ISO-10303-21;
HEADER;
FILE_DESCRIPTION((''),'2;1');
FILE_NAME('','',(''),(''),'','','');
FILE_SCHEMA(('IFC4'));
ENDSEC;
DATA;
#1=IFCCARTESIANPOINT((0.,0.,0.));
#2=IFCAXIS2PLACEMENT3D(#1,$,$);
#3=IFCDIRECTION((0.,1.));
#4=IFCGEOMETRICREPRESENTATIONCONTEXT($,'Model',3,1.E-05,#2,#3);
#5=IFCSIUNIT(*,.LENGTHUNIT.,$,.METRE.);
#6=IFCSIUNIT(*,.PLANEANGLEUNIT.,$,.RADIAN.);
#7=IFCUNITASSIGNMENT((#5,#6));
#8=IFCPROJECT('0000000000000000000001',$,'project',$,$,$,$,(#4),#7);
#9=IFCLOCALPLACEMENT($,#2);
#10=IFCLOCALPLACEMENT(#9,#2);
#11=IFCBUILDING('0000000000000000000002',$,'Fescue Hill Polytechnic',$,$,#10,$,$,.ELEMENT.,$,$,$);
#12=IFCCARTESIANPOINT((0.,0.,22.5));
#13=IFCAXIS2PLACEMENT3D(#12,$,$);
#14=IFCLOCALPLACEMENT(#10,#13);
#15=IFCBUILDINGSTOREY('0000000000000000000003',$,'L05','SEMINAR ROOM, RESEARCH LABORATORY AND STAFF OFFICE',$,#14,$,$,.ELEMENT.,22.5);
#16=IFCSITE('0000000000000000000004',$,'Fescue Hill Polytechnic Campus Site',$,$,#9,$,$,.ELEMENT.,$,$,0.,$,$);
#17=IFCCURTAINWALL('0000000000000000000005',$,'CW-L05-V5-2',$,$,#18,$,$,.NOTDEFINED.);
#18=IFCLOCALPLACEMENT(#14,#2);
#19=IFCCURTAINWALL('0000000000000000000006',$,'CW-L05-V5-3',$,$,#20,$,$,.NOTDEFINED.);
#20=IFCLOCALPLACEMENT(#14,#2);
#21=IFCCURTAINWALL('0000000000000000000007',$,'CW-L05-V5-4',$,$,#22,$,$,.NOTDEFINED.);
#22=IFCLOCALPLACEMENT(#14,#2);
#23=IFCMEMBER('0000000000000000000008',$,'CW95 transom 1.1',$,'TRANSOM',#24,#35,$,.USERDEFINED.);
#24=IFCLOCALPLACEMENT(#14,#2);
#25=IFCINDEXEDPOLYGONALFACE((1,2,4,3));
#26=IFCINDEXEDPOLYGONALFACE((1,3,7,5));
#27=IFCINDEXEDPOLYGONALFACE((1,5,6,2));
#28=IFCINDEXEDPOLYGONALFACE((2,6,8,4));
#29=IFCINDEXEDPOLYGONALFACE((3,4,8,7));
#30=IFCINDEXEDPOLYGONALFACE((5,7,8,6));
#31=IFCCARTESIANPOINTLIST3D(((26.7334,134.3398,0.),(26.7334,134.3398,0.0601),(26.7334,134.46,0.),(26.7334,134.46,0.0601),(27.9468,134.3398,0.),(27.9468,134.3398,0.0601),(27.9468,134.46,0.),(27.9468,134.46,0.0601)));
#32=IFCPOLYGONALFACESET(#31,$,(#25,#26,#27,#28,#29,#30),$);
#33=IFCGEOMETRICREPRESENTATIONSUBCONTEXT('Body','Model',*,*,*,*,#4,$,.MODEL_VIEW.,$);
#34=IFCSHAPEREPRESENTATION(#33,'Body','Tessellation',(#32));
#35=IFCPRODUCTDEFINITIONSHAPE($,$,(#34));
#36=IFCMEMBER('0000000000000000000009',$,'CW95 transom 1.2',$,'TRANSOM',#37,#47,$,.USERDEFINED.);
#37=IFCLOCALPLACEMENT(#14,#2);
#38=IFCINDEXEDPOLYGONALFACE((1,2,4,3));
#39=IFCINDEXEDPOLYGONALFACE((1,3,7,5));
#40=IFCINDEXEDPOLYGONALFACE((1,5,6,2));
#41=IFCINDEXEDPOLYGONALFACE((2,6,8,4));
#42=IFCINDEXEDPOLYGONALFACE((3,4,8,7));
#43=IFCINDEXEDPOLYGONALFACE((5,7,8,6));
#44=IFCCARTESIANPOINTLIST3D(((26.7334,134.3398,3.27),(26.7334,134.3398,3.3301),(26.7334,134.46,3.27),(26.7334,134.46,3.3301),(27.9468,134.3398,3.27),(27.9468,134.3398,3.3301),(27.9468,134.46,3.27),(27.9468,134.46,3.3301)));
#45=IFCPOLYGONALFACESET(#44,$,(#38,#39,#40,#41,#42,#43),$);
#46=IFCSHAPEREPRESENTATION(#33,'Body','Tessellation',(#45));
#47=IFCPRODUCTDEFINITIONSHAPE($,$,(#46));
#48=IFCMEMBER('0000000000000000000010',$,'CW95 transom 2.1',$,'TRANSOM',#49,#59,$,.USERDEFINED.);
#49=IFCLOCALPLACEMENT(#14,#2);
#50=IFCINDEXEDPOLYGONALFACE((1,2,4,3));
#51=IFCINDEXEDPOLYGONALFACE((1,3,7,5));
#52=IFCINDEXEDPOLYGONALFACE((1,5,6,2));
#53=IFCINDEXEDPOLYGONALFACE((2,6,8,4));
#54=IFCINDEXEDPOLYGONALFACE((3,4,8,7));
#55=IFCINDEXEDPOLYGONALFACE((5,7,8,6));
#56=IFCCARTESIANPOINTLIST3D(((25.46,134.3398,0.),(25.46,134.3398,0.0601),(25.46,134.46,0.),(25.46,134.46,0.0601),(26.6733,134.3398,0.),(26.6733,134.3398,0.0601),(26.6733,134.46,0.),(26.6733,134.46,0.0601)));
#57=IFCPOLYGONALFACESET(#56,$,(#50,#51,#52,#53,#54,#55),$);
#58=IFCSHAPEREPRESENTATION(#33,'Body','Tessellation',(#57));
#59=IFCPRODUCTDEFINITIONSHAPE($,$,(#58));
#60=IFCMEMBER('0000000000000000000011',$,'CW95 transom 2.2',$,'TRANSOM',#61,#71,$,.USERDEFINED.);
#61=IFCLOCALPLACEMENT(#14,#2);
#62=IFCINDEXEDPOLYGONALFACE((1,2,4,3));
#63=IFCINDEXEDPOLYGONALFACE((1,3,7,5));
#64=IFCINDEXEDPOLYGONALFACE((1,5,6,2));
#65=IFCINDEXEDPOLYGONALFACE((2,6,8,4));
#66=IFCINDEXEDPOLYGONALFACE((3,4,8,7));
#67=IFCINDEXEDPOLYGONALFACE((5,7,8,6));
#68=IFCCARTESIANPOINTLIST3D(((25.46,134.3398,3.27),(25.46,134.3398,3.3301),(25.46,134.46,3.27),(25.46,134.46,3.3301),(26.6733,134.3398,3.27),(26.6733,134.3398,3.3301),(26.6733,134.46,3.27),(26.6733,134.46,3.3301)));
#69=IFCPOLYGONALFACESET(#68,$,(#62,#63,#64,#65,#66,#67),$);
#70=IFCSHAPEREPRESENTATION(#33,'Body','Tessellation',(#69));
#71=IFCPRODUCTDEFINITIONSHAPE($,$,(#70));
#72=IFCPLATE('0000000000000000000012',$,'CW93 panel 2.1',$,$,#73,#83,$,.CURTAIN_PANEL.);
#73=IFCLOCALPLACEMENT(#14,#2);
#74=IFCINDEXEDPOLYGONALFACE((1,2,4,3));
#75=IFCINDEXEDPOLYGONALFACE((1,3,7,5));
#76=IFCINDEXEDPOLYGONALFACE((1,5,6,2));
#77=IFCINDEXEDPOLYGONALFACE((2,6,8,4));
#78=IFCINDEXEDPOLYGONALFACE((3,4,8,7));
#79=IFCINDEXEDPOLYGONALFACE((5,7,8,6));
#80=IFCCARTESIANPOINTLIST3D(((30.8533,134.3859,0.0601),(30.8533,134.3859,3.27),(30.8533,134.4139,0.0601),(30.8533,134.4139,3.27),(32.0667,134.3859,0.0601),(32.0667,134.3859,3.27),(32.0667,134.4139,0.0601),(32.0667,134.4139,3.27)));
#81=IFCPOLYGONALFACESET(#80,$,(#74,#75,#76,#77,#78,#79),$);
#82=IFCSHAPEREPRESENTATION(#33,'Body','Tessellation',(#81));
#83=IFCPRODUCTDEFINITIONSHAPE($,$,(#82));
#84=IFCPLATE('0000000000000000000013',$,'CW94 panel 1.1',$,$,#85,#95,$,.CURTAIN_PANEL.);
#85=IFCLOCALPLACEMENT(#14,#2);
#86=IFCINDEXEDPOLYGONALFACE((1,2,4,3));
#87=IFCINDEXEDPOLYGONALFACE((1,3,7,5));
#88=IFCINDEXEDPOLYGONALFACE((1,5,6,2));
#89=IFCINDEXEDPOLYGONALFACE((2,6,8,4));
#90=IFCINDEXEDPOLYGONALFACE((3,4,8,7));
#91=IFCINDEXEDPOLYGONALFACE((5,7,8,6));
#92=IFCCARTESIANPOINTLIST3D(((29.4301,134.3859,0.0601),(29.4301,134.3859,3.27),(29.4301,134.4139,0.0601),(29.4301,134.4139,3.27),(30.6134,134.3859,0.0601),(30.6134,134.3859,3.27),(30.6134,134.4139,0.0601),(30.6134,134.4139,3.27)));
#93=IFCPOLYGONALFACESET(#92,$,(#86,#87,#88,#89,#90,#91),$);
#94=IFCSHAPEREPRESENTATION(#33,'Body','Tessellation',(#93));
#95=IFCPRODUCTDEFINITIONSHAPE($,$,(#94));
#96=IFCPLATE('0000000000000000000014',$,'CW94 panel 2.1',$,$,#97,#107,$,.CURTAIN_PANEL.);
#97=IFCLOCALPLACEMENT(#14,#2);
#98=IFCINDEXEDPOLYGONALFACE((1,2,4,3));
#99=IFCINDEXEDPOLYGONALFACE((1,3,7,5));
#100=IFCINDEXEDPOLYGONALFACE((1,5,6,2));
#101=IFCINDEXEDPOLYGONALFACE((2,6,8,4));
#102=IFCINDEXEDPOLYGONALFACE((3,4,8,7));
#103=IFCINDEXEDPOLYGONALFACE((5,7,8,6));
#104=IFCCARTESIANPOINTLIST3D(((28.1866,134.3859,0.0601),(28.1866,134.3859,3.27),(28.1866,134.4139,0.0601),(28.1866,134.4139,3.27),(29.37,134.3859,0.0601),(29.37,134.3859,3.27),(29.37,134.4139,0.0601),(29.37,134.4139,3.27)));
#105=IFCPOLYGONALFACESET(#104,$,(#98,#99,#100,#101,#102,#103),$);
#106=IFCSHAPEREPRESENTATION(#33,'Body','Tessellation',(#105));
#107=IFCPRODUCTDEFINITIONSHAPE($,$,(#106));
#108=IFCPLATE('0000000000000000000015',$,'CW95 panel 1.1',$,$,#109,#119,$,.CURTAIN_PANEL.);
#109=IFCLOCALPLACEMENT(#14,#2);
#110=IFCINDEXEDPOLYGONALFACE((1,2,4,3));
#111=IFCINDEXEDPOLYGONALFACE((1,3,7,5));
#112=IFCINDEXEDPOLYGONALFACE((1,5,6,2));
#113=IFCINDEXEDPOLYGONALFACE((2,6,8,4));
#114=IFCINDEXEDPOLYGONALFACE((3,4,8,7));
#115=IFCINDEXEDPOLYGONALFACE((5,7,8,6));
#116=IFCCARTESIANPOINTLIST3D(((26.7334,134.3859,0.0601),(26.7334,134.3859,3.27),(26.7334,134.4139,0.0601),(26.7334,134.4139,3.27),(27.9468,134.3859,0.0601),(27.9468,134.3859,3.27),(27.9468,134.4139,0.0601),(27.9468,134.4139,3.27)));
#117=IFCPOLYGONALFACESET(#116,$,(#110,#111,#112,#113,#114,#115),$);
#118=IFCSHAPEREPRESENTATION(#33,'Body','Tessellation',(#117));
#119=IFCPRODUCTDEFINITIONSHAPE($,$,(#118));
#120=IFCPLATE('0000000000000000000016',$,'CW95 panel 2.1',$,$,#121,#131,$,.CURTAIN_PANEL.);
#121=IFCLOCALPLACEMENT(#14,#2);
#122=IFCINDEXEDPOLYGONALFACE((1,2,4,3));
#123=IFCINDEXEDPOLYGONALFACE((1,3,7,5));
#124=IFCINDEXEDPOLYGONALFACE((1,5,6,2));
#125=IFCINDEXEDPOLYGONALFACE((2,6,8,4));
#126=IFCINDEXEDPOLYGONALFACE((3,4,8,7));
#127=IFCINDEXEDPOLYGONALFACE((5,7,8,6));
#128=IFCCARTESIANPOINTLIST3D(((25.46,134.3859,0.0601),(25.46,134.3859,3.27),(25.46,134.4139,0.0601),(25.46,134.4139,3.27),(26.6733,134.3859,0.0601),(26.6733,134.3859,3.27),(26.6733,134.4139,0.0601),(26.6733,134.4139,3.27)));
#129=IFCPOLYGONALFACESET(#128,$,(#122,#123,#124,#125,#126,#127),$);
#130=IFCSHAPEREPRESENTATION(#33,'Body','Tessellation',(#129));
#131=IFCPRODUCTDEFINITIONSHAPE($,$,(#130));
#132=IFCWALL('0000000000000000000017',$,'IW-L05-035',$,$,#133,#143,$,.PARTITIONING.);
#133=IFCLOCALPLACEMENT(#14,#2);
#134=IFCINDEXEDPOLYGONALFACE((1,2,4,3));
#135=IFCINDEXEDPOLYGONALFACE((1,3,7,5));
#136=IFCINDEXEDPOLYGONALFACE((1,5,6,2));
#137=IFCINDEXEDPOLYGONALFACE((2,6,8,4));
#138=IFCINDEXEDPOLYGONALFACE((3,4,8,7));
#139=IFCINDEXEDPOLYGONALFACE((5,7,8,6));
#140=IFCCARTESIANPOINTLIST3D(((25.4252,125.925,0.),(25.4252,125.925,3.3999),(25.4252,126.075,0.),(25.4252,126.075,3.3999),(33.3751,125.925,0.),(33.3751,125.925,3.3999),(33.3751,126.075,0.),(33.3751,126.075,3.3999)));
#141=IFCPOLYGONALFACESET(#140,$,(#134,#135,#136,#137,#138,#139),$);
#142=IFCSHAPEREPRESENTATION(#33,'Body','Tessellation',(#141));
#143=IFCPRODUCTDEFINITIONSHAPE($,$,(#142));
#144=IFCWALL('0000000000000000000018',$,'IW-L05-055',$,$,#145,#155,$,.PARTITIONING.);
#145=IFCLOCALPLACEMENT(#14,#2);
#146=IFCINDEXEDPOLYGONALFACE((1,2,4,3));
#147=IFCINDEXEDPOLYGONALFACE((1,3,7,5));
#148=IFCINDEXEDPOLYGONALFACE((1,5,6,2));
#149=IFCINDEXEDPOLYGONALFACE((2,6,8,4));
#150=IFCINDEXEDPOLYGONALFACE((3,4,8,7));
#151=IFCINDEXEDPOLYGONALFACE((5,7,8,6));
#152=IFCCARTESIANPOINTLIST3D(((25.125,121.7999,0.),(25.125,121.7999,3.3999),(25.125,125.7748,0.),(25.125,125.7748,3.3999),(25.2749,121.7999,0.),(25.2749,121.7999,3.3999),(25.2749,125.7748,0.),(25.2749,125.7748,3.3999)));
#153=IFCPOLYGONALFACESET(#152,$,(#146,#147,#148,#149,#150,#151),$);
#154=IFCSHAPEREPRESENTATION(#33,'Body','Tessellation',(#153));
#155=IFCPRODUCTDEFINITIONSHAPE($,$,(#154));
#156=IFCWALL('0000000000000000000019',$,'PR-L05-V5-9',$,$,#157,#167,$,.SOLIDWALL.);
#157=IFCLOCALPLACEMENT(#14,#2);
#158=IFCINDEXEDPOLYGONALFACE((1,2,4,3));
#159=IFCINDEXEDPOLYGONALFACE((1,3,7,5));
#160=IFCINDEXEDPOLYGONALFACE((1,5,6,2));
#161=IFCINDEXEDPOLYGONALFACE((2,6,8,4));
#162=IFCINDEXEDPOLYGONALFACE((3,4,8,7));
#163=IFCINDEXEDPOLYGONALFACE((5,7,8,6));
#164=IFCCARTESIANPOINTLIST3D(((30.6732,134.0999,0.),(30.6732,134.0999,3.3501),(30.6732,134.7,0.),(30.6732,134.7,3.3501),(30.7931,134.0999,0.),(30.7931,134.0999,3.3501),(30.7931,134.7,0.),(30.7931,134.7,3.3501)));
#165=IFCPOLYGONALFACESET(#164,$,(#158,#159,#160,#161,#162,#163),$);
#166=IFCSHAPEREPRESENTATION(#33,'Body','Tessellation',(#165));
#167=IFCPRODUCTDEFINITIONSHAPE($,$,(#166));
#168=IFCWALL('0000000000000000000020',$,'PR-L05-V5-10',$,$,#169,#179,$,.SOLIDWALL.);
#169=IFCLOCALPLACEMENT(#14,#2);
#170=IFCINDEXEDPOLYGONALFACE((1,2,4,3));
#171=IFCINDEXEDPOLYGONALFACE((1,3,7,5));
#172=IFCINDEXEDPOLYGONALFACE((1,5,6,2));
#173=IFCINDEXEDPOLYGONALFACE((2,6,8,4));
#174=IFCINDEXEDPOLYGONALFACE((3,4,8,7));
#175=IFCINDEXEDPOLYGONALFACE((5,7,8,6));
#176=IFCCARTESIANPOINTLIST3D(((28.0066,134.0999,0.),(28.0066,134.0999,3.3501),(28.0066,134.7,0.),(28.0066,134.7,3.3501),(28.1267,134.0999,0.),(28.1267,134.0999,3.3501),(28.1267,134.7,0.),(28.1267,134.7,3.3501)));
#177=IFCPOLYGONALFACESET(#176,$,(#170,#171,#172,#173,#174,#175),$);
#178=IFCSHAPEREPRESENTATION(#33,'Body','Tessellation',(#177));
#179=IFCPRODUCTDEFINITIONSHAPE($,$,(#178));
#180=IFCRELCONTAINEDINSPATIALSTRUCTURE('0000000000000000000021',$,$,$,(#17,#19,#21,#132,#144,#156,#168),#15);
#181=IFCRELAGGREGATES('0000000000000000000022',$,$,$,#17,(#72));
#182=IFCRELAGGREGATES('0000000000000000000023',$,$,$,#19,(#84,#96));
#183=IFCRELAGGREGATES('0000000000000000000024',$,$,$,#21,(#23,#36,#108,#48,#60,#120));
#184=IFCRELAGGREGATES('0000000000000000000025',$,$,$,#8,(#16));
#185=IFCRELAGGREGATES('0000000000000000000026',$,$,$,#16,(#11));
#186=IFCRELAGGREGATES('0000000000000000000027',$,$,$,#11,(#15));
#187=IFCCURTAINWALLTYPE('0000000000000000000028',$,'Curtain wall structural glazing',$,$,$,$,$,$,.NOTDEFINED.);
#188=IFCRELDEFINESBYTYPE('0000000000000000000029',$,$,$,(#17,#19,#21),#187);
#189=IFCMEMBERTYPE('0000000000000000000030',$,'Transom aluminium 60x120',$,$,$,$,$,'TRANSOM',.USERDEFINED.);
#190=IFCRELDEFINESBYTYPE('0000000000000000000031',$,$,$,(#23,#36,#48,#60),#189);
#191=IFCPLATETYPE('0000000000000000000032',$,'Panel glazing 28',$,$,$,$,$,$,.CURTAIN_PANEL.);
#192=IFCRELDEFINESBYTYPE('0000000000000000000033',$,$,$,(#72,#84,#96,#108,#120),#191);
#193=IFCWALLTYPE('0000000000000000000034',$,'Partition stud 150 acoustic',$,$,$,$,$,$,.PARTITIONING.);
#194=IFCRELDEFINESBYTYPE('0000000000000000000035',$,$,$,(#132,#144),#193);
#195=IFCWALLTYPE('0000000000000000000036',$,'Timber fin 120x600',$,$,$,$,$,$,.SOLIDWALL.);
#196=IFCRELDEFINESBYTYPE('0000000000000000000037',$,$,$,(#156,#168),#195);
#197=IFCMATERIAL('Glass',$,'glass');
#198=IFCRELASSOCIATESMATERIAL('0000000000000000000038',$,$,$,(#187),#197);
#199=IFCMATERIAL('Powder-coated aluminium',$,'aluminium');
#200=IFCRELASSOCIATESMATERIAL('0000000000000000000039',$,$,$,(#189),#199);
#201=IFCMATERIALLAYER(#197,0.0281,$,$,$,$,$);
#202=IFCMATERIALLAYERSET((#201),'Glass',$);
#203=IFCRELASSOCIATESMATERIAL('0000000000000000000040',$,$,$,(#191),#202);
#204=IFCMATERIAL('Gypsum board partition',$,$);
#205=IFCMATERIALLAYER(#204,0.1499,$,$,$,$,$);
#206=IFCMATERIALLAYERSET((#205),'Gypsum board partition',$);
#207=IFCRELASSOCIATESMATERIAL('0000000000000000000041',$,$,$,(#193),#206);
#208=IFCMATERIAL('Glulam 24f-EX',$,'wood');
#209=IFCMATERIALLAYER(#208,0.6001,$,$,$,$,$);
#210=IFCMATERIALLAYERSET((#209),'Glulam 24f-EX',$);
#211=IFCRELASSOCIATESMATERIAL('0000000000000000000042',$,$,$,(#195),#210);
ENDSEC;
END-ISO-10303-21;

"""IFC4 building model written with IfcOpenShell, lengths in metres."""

from ifc_helpers import new_model, si_unit, direction, frame, frame_2d, origin, origin_2d, place, context, subcontext, project, spatial, rectangle, extrude, material, layer, layer_set, material_profile, profile_set, type_object, element, aggregate, save


model = new_model("IFC4")

# Units and contexts
model_context = context("Model", 3, precision=1e-05, world=origin(), true_north=direction((0.0, 1.0)))
body_context = subcontext(model_context, "Body", "Model", "MODEL_VIEW")
ifc_project = project(units=[si_unit("LENGTHUNIT", "METRE"), si_unit("PLANEANGLEUNIT", "RADIAN")], contexts=[model_context])

# Site, building, storey
site_placement = place(None, origin())
site = spatial("IfcSite", under=ifc_project, at=site_placement, Name="Fescue Hill Polytechnic Campus Site", CompositionType="ELEMENT", RefElevation=0.0)
building_placement = place(site_placement, origin())
building = spatial("IfcBuilding", under=site, at=building_placement, Name="Fescue Hill Polytechnic", CompositionType="ELEMENT")
storey_placement = place(building_placement, frame((0.0, 0.0, 22.5)))
storey = spatial("IfcBuildingStorey", under=building, at=storey_placement, Name="L05", Description="SEMINAR ROOM, RESEARCH LABORATORY AND STAFF OFFICE", CompositionType="ELEMENT", Elevation=22.5)

# Curtain wall
ifc_material_1 = material(Name="Glass", Category="glass")
curtain_wall_type = type_object("IfcCurtainWallType", Name="Curtain wall structural glazing", PredefinedType="NOTDEFINED", material=ifc_material_1)
curtain_wall_1_placement = place(storey_placement, origin())
curtain_wall_1 = element("IfcCurtainWall", 1, at=curtain_wall_1_placement, inside=storey, type_object=curtain_wall_type, Name="CW-L05-V5-2", PredefinedType="NOTDEFINED")
ifc_material_2 = material(Name="Powder-coated aluminium", Category="aluminium")

# Curtain walls
curtain_wall_2_placement = place(storey_placement, origin())
curtain_wall_2 = element("IfcCurtainWall", 2, at=curtain_wall_2_placement, inside=storey, type_object=curtain_wall_type, Name="CW-L05-V5-3", PredefinedType="NOTDEFINED")
curtain_wall_3_placement = place(storey_placement, origin())
curtain_wall_3 = element("IfcCurtainWall", 3, at=curtain_wall_3_placement, inside=storey, type_object=curtain_wall_type, Name="CW-L05-V5-4", PredefinedType="NOTDEFINED")

# Members
ifc_material_profile_1 = material_profile(ifc_material_2, rectangle(XDim=0.1201, YDim=0.0601, at=origin_2d()), Name="Transom aluminium 60x120")
ifc_profile_set_1 = profile_set([ifc_material_profile_1], Name="Powder-coated aluminium")
member_type_1 = type_object("IfcMemberType", Name="Transom aluminium 60x120", ElementType="TRANSOM", PredefinedType="USERDEFINED", material=ifc_profile_set_1)
member_1_placement = place(storey_placement, frame((27.9468, 134.3999, 0.03), z_axis=(-1.0, 0.0, 0.0), x_axis=(0.0, -1.0, 0.0)))
member_1 = element("IfcMember", 4, at=member_1_placement, type_object=member_type_1, Name="CW95 transom 1.1", ObjectType="TRANSOM", PredefinedType="USERDEFINED", context=body_context, shape_type="SweptSolid", body=[
    extrude(rectangle(XDim=0.1201, YDim=0.0601, at=origin_2d()), origin(), (0.0, 0.0, 1.0), 1.2134),
])
member_2_placement = place(storey_placement, frame((27.9468, 134.3999, 3.3), z_axis=(-1.0, 0.0, 0.0), x_axis=(0.0, -1.0, 0.0)))
member_2 = element("IfcMember", 5, at=member_2_placement, type_object=member_type_1, Name="CW95 transom 1.2", ObjectType="TRANSOM", PredefinedType="USERDEFINED", context=body_context, shape_type="SweptSolid", body=[
    extrude(rectangle(XDim=0.1201, YDim=0.0601, at=origin_2d()), origin(), (0.0, 0.0, 1.0), 1.2134),
])
member_3_placement = place(storey_placement, frame((26.6733, 134.3999, 0.03), z_axis=(-1.0, 0.0, 0.0), x_axis=(0.0, -1.0, 0.0)))
member_3 = element("IfcMember", 6, at=member_3_placement, type_object=member_type_1, Name="CW95 transom 2.1", ObjectType="TRANSOM", PredefinedType="USERDEFINED", context=body_context, shape_type="SweptSolid", body=[
    extrude(rectangle(XDim=0.1201, YDim=0.0601, at=origin_2d()), origin(), (0.0, 0.0, 1.0), 1.2134),
])
member_4_placement = place(storey_placement, frame((26.6733, 134.3999, 3.3), z_axis=(-1.0, 0.0, 0.0), x_axis=(0.0, -1.0, 0.0)))
member_4 = element("IfcMember", 7, at=member_4_placement, type_object=member_type_1, Name="CW95 transom 2.2", ObjectType="TRANSOM", PredefinedType="USERDEFINED", context=body_context, shape_type="SweptSolid", body=[
    extrude(rectangle(XDim=0.1201, YDim=0.0601, at=origin_2d()), origin(), (0.0, 0.0, 1.0), 1.2134),
])

# Plates
ifc_layer_1 = layer(ifc_material_1, 0.0281)
ifc_layer_set_1 = layer_set([ifc_layer_1], Name="Glass")
plate_type = type_object("IfcPlateType", Name="Panel glazing 28", PredefinedType="CURTAIN_PANEL", material=ifc_layer_set_1)
plate_1_placement = place(storey_placement, frame((31.46, 134.3999, 0.0601), z_axis=(0.0, 0.0, 1.0), x_axis=(-1.0, 0.0, 0.0)))
plate_1 = element("IfcPlate", 8, at=plate_1_placement, type_object=plate_type, Name="CW93 panel 2.1", PredefinedType="CURTAIN_PANEL", context=body_context, shape_type="SweptSolid", body=[
    extrude(rectangle(XDim=1.2134, YDim=0.0281, at=origin_2d()), origin(), (0.0, 0.0, 1.0), 3.21),
])
aggregate(curtain_wall_1, [plate_1])
plate_2_placement = place(storey_placement, frame((30.0217, 134.3999, 0.0601), z_axis=(0.0, 0.0, 1.0), x_axis=(-1.0, 0.0, 0.0)))
plate_2 = element("IfcPlate", 9, at=plate_2_placement, type_object=plate_type, Name="CW94 panel 1.1", PredefinedType="CURTAIN_PANEL", context=body_context, shape_type="SweptSolid", body=[
    extrude(rectangle(XDim=1.1833, YDim=0.0281, at=origin_2d()), origin(), (0.0, 0.0, 1.0), 3.21),
])
plate_3_placement = place(storey_placement, frame((28.7783, 134.3999, 0.0601), z_axis=(0.0, 0.0, 1.0), x_axis=(-1.0, 0.0, 0.0)))
plate_3 = element("IfcPlate", 10, at=plate_3_placement, type_object=plate_type, Name="CW94 panel 2.1", PredefinedType="CURTAIN_PANEL", context=body_context, shape_type="SweptSolid", body=[
    extrude(rectangle(XDim=1.1833, YDim=0.0281, at=origin_2d()), origin(), (0.0, 0.0, 1.0), 3.21),
])
aggregate(curtain_wall_2, [plate_2, plate_3])
plate_4_placement = place(storey_placement, frame((27.3401, 134.3999, 0.0601), z_axis=(0.0, 0.0, 1.0), x_axis=(-1.0, 0.0, 0.0)))
plate_4 = element("IfcPlate", 11, at=plate_4_placement, type_object=plate_type, Name="CW95 panel 1.1", PredefinedType="CURTAIN_PANEL", context=body_context, shape_type="SweptSolid", body=[
    extrude(rectangle(XDim=1.2134, YDim=0.0281, at=origin_2d()), origin(), (0.0, 0.0, 1.0), 3.21),
])
plate_5_placement = place(storey_placement, frame((26.0667, 134.3999, 0.0601), z_axis=(0.0, 0.0, 1.0), x_axis=(-1.0, 0.0, 0.0)))
plate_5 = element("IfcPlate", 12, at=plate_5_placement, type_object=plate_type, Name="CW95 panel 2.1", PredefinedType="CURTAIN_PANEL", context=body_context, shape_type="SweptSolid", body=[
    extrude(rectangle(XDim=1.2134, YDim=0.0281, at=origin_2d()), origin(), (0.0, 0.0, 1.0), 3.21),
])
aggregate(curtain_wall_3, [member_1, member_2, plate_4, member_3, member_4, plate_5])

# Walls
ifc_material_3 = material(Name="Gypsum board partition")
ifc_layer_2 = layer(ifc_material_3, 0.1499)
ifc_layer_set_2 = layer_set([ifc_layer_2], Name="Gypsum board partition")
wall_type_1 = type_object("IfcWallType", Name="Partition stud 150 acoustic", PredefinedType="PARTITIONING", material=ifc_layer_set_2)
wall_1_placement = place(storey_placement, frame((25.425, 126.0, 0.0), z_axis=(0.0, 0.0, 1.0), x_axis=(1.0, 0.0, 0.0)))
element("IfcWall", 13, at=wall_1_placement, inside=storey, type_object=wall_type_1, Name="IW-L05-035", PredefinedType="PARTITIONING", context=body_context, shape_type="SweptSolid", body=[
    extrude(rectangle(XDim=7.95, YDim=0.1499, at=frame_2d((3.9751, 0.0))), origin(), (0.0, 0.0, 1.0), 3.3999),
])
wall_2_placement = place(storey_placement, frame((25.2, 121.8, 0.0), z_axis=(0.0, 0.0, 1.0), x_axis=(0.0, 1.0, 0.0)))
element("IfcWall", 14, at=wall_2_placement, inside=storey, type_object=wall_type_1, Name="IW-L05-055", PredefinedType="PARTITIONING", context=body_context, shape_type="SweptSolid", body=[
    extrude(rectangle(XDim=3.9749, YDim=0.1499, at=frame_2d((1.9873, 0.0))), origin(), (0.0, 0.0, 1.0), 3.3999),
])
ifc_material_4 = material(Name="Glulam 24f-EX", Category="wood")
ifc_layer_3 = layer(ifc_material_4, 0.6001)
ifc_layer_set_3 = layer_set([ifc_layer_3], Name="Glulam 24f-EX")
wall_type_2 = type_object("IfcWallType", Name="Timber fin 120x600", PredefinedType="SOLIDWALL", material=ifc_layer_set_3)
wall_3_placement = place(storey_placement, frame((30.7932, 134.3999, 0.0), z_axis=(0.0, 0.0, 1.0), x_axis=(-1.0, 0.0, 0.0)))
element("IfcWall", 15, at=wall_3_placement, inside=storey, type_object=wall_type_2, Name="PR-L05-V5-9", PredefinedType="SOLIDWALL", context=body_context, shape_type="SweptSolid", body=[
    extrude(rectangle(XDim=0.1199, YDim=0.6001, at=frame_2d((0.0601, 0.0))), origin(), (0.0, 0.0, 1.0), 3.3501),
])
wall_4_placement = place(storey_placement, frame((28.1267, 134.3999, 0.0), z_axis=(0.0, 0.0, 1.0), x_axis=(-1.0, 0.0, 0.0)))
element("IfcWall", 16, at=wall_4_placement, inside=storey, type_object=wall_type_2, Name="PR-L05-V5-10", PredefinedType="SOLIDWALL", context=body_context, shape_type="SweptSolid", body=[
    extrude(rectangle(XDim=0.1201, YDim=0.6001, at=frame_2d((0.0601, 0.0))), origin(), (0.0, 0.0, 1.0), 3.3501),
])

save(model, "model.ifc")
